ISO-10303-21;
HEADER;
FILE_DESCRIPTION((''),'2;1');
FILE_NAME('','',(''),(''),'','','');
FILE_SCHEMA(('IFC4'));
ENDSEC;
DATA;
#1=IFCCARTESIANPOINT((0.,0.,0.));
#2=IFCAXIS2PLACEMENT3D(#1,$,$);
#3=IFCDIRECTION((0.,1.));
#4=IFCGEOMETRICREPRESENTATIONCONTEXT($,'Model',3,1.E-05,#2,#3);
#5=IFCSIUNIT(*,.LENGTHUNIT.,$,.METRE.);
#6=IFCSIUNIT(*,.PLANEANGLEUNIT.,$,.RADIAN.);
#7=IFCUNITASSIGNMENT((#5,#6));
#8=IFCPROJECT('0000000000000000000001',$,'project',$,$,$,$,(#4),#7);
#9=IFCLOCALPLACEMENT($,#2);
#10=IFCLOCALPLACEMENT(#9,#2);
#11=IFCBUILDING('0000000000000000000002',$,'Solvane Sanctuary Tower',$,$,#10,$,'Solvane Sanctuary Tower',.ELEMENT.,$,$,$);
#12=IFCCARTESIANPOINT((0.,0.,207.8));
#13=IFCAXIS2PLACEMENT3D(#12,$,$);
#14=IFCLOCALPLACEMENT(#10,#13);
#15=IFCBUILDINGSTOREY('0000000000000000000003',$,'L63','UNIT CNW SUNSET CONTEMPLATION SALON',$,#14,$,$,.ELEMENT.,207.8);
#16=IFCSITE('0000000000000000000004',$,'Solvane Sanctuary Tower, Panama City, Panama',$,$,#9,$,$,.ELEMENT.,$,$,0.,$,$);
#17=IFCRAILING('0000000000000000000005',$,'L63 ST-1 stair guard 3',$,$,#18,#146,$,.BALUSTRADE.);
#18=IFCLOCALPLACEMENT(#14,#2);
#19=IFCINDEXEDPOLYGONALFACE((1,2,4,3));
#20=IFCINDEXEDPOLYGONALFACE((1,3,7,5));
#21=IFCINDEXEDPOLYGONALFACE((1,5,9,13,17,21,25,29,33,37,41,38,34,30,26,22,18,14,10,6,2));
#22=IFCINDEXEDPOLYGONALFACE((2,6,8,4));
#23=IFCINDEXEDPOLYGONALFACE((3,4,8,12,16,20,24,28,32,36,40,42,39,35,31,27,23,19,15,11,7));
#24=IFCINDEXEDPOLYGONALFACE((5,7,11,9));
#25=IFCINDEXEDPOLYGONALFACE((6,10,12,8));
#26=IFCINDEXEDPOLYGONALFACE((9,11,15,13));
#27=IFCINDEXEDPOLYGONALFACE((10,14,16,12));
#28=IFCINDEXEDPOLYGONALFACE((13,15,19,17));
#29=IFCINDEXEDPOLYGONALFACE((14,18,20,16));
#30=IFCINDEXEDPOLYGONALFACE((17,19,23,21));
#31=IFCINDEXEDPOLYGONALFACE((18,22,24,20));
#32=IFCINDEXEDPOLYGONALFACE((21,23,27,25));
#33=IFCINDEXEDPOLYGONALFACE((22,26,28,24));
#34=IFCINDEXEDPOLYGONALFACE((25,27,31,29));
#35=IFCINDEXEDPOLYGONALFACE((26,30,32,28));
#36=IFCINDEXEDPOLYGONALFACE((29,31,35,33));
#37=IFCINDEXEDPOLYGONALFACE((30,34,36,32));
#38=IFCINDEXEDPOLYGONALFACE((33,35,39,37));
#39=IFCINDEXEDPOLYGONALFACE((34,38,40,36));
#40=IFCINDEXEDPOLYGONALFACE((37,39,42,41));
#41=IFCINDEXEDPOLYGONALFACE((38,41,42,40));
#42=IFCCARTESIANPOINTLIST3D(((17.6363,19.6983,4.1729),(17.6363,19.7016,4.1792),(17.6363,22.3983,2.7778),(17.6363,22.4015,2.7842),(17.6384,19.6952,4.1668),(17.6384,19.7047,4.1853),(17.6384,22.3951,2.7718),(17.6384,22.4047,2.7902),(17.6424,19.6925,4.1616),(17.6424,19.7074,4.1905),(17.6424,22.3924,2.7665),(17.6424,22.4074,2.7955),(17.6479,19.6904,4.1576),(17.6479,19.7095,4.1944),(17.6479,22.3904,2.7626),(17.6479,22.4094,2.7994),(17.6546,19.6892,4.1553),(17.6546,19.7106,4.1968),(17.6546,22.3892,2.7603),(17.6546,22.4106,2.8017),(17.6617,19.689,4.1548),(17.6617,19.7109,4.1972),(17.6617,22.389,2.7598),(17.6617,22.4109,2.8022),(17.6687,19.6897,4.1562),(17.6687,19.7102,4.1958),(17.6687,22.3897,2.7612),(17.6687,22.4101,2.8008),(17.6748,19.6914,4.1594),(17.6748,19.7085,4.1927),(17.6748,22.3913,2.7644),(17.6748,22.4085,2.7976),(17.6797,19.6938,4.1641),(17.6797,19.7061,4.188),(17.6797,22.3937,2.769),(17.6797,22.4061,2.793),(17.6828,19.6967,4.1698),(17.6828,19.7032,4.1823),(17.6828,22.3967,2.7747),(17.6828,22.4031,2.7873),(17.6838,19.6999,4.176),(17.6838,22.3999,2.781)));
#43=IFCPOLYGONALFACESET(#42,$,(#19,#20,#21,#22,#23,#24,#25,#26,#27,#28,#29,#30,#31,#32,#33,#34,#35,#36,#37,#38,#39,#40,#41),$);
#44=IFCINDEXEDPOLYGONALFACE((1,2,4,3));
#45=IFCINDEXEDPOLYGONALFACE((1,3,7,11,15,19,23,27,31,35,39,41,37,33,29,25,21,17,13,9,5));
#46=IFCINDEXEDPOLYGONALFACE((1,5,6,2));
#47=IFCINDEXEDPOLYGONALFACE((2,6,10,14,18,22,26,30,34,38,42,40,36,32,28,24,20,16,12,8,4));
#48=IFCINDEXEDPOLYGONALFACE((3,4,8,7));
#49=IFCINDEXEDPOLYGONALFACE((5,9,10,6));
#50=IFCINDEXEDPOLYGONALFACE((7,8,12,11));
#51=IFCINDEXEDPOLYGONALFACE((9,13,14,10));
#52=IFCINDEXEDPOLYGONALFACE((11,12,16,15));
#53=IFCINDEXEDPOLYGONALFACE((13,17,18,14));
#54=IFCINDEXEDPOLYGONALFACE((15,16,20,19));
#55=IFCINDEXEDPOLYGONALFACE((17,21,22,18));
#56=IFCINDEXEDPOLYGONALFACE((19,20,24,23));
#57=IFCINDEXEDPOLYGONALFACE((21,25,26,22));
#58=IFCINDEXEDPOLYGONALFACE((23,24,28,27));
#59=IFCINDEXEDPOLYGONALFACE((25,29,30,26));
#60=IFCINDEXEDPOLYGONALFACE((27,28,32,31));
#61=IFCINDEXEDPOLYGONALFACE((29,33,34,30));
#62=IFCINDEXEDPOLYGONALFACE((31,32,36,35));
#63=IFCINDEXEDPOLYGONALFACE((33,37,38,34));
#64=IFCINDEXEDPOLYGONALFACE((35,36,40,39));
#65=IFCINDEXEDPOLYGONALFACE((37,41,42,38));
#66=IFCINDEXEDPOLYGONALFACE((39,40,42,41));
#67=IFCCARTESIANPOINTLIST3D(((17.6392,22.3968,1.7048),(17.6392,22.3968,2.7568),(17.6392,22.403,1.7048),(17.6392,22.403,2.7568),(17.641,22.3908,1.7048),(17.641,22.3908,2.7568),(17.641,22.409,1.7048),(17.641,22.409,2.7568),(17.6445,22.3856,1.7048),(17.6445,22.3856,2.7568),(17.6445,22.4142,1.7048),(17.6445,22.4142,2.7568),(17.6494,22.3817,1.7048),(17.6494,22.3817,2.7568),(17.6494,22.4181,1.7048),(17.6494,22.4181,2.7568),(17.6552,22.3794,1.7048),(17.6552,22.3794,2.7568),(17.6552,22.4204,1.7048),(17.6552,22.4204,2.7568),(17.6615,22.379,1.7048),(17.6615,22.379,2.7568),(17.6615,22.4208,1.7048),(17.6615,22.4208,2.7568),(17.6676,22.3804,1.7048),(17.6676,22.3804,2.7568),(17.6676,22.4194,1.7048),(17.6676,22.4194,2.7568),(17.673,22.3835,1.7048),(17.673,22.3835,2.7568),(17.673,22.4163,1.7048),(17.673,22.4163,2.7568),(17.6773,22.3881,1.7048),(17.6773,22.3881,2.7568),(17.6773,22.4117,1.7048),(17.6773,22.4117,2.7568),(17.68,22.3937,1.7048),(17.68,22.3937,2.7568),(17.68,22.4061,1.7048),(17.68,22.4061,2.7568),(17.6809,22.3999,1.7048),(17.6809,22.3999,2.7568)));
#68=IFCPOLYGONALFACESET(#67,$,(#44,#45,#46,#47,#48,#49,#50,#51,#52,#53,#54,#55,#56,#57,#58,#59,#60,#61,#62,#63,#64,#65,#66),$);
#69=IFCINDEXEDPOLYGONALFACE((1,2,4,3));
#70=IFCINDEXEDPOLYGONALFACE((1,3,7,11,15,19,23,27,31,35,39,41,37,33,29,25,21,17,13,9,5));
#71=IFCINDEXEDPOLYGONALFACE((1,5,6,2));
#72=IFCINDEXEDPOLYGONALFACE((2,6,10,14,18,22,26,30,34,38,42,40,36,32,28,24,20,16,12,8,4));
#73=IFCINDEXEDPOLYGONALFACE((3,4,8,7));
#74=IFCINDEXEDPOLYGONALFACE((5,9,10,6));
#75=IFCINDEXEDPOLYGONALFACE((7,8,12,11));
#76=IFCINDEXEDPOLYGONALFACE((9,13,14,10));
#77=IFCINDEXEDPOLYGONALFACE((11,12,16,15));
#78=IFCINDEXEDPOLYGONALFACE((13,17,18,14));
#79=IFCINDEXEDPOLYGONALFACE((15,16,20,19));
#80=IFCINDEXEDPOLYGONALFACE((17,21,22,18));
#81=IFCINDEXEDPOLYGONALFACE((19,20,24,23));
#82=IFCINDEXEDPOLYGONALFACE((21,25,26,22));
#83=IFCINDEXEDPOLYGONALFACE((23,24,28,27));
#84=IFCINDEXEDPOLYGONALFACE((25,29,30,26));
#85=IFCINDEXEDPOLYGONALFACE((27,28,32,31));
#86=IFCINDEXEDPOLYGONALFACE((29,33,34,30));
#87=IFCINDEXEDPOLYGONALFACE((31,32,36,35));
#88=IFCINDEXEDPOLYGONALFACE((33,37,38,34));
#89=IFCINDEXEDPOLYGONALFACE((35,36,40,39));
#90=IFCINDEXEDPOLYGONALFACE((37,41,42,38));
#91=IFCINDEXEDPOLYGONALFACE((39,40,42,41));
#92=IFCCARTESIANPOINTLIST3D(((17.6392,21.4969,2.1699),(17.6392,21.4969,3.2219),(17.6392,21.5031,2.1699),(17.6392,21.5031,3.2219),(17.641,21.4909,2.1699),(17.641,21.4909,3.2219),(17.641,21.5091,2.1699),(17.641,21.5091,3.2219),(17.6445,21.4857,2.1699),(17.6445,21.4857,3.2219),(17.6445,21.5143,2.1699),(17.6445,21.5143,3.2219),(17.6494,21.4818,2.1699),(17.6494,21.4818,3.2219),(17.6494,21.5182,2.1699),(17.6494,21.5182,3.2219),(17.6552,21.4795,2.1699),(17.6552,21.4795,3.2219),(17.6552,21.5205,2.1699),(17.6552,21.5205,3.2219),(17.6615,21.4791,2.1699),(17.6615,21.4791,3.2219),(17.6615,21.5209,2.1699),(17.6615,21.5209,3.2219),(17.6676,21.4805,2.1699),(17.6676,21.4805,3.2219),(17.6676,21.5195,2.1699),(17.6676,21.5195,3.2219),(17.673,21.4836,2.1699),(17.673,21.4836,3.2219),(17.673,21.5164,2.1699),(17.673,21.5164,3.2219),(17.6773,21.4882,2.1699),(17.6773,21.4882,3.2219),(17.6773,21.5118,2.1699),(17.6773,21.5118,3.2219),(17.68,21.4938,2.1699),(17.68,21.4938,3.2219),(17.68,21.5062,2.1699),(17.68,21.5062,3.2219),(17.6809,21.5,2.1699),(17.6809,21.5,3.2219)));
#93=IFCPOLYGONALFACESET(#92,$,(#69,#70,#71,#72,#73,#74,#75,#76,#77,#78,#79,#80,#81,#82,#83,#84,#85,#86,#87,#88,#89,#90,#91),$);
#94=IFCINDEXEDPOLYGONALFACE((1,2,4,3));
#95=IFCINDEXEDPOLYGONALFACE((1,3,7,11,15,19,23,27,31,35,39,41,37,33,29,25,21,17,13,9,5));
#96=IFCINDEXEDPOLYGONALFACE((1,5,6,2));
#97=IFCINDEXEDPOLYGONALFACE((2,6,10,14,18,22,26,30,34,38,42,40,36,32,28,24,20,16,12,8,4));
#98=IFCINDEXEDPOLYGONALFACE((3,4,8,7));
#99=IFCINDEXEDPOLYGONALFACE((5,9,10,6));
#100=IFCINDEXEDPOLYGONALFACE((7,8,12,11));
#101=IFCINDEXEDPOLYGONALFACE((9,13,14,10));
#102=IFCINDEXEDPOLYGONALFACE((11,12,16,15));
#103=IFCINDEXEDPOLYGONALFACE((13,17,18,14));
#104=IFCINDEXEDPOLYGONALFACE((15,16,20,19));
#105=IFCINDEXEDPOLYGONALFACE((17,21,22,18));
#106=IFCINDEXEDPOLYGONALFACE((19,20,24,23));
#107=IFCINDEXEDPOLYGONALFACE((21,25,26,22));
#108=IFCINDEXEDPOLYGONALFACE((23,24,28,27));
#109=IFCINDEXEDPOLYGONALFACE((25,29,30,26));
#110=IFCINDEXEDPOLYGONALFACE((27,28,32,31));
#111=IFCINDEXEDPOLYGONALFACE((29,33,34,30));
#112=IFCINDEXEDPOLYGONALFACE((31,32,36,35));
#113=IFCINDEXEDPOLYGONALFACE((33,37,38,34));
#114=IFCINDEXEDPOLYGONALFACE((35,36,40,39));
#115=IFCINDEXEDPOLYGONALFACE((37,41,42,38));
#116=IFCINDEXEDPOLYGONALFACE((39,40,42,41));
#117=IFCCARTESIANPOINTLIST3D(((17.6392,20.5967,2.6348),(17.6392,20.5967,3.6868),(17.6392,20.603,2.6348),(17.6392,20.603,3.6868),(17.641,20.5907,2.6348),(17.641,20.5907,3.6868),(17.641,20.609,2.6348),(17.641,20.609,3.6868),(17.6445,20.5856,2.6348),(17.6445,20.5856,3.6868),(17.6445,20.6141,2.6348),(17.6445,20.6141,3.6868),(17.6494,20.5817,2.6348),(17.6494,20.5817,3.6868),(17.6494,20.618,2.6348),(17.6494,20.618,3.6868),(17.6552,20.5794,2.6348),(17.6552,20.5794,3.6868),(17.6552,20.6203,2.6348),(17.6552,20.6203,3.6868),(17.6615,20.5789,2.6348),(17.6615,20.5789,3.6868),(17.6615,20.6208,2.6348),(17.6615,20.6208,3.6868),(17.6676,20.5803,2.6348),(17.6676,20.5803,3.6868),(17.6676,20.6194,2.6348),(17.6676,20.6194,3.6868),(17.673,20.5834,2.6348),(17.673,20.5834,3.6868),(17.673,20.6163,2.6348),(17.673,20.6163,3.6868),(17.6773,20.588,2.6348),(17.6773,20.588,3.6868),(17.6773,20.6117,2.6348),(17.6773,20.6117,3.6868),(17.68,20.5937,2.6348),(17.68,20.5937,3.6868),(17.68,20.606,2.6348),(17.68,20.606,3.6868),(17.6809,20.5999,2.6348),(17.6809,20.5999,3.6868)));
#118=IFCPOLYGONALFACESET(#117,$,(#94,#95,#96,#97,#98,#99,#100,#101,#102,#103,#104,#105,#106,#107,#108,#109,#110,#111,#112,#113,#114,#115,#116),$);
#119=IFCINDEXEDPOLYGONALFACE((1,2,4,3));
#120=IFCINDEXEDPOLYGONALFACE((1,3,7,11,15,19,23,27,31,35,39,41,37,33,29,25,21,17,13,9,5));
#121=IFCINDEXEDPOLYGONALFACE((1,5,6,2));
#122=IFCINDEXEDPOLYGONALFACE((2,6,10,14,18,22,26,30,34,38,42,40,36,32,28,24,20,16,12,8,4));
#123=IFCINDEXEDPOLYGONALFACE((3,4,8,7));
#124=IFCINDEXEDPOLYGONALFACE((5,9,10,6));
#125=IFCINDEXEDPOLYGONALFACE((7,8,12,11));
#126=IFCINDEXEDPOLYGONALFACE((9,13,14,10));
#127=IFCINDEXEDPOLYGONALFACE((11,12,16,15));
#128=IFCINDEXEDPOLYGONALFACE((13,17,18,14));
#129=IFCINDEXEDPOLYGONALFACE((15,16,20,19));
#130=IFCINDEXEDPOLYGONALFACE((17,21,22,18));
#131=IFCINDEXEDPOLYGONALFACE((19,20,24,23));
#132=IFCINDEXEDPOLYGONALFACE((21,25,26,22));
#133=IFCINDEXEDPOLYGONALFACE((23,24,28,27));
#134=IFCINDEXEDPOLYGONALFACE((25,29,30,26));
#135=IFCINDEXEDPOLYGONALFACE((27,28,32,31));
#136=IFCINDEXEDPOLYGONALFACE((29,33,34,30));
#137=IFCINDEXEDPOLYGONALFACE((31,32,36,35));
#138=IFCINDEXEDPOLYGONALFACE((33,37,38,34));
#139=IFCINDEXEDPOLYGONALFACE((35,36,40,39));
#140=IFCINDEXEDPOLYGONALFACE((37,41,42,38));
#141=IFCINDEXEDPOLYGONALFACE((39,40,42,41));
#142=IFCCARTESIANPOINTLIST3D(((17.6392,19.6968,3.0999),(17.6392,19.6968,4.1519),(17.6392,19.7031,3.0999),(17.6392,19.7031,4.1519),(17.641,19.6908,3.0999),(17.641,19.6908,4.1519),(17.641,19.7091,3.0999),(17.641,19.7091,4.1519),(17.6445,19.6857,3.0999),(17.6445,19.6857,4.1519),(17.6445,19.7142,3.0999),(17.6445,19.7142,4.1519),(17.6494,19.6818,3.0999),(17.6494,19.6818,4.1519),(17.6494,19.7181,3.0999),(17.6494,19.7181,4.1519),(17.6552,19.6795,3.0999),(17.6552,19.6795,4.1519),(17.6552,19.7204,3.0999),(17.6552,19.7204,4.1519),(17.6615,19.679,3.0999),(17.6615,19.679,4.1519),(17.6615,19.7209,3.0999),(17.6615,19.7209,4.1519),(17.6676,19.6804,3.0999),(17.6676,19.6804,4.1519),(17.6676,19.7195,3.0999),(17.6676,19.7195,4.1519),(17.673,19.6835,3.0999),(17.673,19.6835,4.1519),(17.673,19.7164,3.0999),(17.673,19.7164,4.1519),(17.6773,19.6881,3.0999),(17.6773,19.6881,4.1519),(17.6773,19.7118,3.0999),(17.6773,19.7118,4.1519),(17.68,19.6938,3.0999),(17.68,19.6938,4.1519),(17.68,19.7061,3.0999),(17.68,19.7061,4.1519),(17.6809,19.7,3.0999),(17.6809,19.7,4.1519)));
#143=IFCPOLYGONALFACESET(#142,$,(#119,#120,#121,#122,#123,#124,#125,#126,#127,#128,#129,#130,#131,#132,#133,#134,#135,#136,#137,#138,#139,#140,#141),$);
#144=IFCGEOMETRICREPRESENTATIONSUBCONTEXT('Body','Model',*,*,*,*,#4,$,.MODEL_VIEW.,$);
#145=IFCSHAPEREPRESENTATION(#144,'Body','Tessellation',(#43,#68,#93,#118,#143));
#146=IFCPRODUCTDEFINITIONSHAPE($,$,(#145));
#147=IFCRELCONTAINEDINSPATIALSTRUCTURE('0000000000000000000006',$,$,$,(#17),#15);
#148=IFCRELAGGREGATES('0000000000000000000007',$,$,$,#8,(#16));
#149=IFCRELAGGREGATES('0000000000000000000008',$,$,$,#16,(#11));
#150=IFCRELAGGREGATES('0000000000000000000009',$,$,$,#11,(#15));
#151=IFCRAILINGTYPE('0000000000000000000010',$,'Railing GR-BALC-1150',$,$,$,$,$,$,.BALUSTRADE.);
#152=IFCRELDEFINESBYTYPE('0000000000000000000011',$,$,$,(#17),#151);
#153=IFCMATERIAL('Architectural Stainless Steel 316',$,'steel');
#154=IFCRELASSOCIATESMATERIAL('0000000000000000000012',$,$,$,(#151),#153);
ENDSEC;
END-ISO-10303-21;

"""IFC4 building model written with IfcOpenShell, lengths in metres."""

from ifc_helpers import new_model, si_unit, direction, frame, origin, origin_2d, place, context, subcontext, project, spatial, circle, extrude, material, type_object, element, save


model = new_model("IFC4")

# Units and contexts
model_context = context("Model", 3, precision=1e-05, world=origin(), true_north=direction((0.0, 1.0)))
body_context = subcontext(model_context, "Body", "Model", "MODEL_VIEW")
ifc_project = project(units=[si_unit("LENGTHUNIT", "METRE"), si_unit("PLANEANGLEUNIT", "RADIAN")], contexts=[model_context])

# Site, building, storey
site_placement = place(None, origin())
site = spatial("IfcSite", under=ifc_project, at=site_placement, Name="Solvane Sanctuary Tower, Panama City, Panama", CompositionType="ELEMENT", RefElevation=0.0)
building_placement = place(site_placement, origin())
building = spatial("IfcBuilding", under=site, at=building_placement, Name="Solvane Sanctuary Tower", LongName="Solvane Sanctuary Tower", CompositionType="ELEMENT")
storey_placement = place(building_placement, frame((0.0, 0.0, 207.8)))
storey = spatial("IfcBuildingStorey", under=building, at=storey_placement, Name="L63", Description="UNIT CNW SUNSET CONTEMPLATION SALON", CompositionType="ELEMENT", Elevation=207.8)

# Shared definitions
ifc_material_1 = material(Name="Architectural Stainless Steel 316", Category="steel")

# Railing
railing_type_1 = type_object("IfcRailingType", Name="Railing GR-BALC-1150", PredefinedType="BALUSTRADE", material=ifc_material_1)
railing_1_placement = place(storey_placement, frame((17.6599, 22.3999, 1.7048)))
element("IfcRailing", 1, at=railing_1_placement, inside=storey, type_object=railing_type_1, Name="L63 ST-1 stair guard 3", PredefinedType="BALUSTRADE", context=body_context, shape_type="SweptSolid", body=[
    extrude(circle(Radius=0.0239, at=origin_2d()), frame((0.0, 0.0, 1.0762), z_axis=(0.0, -0.88842, 0.459032), x_axis=(1.0, 0.0, 0.0)), (0.0, 0.0, 1.0), 3.0391),
    extrude(circle(Radius=0.021, at=origin_2d()), origin(), (0.0, 0.0, 1.0), 1.052),
    extrude(circle(Radius=0.021, at=origin_2d()), frame((0.0, -0.8999, 0.4651)), (0.0, 0.0, 1.0), 1.052),
    extrude(circle(Radius=0.021, at=origin_2d()), frame((0.0, -1.8, 0.9299)), (0.0, 0.0, 1.0), 1.052),
    extrude(circle(Radius=0.021, at=origin_2d()), frame((0.0, -2.7, 1.395)), (0.0, 0.0, 1.0), 1.052),
])

save(model, "model.ifc")
